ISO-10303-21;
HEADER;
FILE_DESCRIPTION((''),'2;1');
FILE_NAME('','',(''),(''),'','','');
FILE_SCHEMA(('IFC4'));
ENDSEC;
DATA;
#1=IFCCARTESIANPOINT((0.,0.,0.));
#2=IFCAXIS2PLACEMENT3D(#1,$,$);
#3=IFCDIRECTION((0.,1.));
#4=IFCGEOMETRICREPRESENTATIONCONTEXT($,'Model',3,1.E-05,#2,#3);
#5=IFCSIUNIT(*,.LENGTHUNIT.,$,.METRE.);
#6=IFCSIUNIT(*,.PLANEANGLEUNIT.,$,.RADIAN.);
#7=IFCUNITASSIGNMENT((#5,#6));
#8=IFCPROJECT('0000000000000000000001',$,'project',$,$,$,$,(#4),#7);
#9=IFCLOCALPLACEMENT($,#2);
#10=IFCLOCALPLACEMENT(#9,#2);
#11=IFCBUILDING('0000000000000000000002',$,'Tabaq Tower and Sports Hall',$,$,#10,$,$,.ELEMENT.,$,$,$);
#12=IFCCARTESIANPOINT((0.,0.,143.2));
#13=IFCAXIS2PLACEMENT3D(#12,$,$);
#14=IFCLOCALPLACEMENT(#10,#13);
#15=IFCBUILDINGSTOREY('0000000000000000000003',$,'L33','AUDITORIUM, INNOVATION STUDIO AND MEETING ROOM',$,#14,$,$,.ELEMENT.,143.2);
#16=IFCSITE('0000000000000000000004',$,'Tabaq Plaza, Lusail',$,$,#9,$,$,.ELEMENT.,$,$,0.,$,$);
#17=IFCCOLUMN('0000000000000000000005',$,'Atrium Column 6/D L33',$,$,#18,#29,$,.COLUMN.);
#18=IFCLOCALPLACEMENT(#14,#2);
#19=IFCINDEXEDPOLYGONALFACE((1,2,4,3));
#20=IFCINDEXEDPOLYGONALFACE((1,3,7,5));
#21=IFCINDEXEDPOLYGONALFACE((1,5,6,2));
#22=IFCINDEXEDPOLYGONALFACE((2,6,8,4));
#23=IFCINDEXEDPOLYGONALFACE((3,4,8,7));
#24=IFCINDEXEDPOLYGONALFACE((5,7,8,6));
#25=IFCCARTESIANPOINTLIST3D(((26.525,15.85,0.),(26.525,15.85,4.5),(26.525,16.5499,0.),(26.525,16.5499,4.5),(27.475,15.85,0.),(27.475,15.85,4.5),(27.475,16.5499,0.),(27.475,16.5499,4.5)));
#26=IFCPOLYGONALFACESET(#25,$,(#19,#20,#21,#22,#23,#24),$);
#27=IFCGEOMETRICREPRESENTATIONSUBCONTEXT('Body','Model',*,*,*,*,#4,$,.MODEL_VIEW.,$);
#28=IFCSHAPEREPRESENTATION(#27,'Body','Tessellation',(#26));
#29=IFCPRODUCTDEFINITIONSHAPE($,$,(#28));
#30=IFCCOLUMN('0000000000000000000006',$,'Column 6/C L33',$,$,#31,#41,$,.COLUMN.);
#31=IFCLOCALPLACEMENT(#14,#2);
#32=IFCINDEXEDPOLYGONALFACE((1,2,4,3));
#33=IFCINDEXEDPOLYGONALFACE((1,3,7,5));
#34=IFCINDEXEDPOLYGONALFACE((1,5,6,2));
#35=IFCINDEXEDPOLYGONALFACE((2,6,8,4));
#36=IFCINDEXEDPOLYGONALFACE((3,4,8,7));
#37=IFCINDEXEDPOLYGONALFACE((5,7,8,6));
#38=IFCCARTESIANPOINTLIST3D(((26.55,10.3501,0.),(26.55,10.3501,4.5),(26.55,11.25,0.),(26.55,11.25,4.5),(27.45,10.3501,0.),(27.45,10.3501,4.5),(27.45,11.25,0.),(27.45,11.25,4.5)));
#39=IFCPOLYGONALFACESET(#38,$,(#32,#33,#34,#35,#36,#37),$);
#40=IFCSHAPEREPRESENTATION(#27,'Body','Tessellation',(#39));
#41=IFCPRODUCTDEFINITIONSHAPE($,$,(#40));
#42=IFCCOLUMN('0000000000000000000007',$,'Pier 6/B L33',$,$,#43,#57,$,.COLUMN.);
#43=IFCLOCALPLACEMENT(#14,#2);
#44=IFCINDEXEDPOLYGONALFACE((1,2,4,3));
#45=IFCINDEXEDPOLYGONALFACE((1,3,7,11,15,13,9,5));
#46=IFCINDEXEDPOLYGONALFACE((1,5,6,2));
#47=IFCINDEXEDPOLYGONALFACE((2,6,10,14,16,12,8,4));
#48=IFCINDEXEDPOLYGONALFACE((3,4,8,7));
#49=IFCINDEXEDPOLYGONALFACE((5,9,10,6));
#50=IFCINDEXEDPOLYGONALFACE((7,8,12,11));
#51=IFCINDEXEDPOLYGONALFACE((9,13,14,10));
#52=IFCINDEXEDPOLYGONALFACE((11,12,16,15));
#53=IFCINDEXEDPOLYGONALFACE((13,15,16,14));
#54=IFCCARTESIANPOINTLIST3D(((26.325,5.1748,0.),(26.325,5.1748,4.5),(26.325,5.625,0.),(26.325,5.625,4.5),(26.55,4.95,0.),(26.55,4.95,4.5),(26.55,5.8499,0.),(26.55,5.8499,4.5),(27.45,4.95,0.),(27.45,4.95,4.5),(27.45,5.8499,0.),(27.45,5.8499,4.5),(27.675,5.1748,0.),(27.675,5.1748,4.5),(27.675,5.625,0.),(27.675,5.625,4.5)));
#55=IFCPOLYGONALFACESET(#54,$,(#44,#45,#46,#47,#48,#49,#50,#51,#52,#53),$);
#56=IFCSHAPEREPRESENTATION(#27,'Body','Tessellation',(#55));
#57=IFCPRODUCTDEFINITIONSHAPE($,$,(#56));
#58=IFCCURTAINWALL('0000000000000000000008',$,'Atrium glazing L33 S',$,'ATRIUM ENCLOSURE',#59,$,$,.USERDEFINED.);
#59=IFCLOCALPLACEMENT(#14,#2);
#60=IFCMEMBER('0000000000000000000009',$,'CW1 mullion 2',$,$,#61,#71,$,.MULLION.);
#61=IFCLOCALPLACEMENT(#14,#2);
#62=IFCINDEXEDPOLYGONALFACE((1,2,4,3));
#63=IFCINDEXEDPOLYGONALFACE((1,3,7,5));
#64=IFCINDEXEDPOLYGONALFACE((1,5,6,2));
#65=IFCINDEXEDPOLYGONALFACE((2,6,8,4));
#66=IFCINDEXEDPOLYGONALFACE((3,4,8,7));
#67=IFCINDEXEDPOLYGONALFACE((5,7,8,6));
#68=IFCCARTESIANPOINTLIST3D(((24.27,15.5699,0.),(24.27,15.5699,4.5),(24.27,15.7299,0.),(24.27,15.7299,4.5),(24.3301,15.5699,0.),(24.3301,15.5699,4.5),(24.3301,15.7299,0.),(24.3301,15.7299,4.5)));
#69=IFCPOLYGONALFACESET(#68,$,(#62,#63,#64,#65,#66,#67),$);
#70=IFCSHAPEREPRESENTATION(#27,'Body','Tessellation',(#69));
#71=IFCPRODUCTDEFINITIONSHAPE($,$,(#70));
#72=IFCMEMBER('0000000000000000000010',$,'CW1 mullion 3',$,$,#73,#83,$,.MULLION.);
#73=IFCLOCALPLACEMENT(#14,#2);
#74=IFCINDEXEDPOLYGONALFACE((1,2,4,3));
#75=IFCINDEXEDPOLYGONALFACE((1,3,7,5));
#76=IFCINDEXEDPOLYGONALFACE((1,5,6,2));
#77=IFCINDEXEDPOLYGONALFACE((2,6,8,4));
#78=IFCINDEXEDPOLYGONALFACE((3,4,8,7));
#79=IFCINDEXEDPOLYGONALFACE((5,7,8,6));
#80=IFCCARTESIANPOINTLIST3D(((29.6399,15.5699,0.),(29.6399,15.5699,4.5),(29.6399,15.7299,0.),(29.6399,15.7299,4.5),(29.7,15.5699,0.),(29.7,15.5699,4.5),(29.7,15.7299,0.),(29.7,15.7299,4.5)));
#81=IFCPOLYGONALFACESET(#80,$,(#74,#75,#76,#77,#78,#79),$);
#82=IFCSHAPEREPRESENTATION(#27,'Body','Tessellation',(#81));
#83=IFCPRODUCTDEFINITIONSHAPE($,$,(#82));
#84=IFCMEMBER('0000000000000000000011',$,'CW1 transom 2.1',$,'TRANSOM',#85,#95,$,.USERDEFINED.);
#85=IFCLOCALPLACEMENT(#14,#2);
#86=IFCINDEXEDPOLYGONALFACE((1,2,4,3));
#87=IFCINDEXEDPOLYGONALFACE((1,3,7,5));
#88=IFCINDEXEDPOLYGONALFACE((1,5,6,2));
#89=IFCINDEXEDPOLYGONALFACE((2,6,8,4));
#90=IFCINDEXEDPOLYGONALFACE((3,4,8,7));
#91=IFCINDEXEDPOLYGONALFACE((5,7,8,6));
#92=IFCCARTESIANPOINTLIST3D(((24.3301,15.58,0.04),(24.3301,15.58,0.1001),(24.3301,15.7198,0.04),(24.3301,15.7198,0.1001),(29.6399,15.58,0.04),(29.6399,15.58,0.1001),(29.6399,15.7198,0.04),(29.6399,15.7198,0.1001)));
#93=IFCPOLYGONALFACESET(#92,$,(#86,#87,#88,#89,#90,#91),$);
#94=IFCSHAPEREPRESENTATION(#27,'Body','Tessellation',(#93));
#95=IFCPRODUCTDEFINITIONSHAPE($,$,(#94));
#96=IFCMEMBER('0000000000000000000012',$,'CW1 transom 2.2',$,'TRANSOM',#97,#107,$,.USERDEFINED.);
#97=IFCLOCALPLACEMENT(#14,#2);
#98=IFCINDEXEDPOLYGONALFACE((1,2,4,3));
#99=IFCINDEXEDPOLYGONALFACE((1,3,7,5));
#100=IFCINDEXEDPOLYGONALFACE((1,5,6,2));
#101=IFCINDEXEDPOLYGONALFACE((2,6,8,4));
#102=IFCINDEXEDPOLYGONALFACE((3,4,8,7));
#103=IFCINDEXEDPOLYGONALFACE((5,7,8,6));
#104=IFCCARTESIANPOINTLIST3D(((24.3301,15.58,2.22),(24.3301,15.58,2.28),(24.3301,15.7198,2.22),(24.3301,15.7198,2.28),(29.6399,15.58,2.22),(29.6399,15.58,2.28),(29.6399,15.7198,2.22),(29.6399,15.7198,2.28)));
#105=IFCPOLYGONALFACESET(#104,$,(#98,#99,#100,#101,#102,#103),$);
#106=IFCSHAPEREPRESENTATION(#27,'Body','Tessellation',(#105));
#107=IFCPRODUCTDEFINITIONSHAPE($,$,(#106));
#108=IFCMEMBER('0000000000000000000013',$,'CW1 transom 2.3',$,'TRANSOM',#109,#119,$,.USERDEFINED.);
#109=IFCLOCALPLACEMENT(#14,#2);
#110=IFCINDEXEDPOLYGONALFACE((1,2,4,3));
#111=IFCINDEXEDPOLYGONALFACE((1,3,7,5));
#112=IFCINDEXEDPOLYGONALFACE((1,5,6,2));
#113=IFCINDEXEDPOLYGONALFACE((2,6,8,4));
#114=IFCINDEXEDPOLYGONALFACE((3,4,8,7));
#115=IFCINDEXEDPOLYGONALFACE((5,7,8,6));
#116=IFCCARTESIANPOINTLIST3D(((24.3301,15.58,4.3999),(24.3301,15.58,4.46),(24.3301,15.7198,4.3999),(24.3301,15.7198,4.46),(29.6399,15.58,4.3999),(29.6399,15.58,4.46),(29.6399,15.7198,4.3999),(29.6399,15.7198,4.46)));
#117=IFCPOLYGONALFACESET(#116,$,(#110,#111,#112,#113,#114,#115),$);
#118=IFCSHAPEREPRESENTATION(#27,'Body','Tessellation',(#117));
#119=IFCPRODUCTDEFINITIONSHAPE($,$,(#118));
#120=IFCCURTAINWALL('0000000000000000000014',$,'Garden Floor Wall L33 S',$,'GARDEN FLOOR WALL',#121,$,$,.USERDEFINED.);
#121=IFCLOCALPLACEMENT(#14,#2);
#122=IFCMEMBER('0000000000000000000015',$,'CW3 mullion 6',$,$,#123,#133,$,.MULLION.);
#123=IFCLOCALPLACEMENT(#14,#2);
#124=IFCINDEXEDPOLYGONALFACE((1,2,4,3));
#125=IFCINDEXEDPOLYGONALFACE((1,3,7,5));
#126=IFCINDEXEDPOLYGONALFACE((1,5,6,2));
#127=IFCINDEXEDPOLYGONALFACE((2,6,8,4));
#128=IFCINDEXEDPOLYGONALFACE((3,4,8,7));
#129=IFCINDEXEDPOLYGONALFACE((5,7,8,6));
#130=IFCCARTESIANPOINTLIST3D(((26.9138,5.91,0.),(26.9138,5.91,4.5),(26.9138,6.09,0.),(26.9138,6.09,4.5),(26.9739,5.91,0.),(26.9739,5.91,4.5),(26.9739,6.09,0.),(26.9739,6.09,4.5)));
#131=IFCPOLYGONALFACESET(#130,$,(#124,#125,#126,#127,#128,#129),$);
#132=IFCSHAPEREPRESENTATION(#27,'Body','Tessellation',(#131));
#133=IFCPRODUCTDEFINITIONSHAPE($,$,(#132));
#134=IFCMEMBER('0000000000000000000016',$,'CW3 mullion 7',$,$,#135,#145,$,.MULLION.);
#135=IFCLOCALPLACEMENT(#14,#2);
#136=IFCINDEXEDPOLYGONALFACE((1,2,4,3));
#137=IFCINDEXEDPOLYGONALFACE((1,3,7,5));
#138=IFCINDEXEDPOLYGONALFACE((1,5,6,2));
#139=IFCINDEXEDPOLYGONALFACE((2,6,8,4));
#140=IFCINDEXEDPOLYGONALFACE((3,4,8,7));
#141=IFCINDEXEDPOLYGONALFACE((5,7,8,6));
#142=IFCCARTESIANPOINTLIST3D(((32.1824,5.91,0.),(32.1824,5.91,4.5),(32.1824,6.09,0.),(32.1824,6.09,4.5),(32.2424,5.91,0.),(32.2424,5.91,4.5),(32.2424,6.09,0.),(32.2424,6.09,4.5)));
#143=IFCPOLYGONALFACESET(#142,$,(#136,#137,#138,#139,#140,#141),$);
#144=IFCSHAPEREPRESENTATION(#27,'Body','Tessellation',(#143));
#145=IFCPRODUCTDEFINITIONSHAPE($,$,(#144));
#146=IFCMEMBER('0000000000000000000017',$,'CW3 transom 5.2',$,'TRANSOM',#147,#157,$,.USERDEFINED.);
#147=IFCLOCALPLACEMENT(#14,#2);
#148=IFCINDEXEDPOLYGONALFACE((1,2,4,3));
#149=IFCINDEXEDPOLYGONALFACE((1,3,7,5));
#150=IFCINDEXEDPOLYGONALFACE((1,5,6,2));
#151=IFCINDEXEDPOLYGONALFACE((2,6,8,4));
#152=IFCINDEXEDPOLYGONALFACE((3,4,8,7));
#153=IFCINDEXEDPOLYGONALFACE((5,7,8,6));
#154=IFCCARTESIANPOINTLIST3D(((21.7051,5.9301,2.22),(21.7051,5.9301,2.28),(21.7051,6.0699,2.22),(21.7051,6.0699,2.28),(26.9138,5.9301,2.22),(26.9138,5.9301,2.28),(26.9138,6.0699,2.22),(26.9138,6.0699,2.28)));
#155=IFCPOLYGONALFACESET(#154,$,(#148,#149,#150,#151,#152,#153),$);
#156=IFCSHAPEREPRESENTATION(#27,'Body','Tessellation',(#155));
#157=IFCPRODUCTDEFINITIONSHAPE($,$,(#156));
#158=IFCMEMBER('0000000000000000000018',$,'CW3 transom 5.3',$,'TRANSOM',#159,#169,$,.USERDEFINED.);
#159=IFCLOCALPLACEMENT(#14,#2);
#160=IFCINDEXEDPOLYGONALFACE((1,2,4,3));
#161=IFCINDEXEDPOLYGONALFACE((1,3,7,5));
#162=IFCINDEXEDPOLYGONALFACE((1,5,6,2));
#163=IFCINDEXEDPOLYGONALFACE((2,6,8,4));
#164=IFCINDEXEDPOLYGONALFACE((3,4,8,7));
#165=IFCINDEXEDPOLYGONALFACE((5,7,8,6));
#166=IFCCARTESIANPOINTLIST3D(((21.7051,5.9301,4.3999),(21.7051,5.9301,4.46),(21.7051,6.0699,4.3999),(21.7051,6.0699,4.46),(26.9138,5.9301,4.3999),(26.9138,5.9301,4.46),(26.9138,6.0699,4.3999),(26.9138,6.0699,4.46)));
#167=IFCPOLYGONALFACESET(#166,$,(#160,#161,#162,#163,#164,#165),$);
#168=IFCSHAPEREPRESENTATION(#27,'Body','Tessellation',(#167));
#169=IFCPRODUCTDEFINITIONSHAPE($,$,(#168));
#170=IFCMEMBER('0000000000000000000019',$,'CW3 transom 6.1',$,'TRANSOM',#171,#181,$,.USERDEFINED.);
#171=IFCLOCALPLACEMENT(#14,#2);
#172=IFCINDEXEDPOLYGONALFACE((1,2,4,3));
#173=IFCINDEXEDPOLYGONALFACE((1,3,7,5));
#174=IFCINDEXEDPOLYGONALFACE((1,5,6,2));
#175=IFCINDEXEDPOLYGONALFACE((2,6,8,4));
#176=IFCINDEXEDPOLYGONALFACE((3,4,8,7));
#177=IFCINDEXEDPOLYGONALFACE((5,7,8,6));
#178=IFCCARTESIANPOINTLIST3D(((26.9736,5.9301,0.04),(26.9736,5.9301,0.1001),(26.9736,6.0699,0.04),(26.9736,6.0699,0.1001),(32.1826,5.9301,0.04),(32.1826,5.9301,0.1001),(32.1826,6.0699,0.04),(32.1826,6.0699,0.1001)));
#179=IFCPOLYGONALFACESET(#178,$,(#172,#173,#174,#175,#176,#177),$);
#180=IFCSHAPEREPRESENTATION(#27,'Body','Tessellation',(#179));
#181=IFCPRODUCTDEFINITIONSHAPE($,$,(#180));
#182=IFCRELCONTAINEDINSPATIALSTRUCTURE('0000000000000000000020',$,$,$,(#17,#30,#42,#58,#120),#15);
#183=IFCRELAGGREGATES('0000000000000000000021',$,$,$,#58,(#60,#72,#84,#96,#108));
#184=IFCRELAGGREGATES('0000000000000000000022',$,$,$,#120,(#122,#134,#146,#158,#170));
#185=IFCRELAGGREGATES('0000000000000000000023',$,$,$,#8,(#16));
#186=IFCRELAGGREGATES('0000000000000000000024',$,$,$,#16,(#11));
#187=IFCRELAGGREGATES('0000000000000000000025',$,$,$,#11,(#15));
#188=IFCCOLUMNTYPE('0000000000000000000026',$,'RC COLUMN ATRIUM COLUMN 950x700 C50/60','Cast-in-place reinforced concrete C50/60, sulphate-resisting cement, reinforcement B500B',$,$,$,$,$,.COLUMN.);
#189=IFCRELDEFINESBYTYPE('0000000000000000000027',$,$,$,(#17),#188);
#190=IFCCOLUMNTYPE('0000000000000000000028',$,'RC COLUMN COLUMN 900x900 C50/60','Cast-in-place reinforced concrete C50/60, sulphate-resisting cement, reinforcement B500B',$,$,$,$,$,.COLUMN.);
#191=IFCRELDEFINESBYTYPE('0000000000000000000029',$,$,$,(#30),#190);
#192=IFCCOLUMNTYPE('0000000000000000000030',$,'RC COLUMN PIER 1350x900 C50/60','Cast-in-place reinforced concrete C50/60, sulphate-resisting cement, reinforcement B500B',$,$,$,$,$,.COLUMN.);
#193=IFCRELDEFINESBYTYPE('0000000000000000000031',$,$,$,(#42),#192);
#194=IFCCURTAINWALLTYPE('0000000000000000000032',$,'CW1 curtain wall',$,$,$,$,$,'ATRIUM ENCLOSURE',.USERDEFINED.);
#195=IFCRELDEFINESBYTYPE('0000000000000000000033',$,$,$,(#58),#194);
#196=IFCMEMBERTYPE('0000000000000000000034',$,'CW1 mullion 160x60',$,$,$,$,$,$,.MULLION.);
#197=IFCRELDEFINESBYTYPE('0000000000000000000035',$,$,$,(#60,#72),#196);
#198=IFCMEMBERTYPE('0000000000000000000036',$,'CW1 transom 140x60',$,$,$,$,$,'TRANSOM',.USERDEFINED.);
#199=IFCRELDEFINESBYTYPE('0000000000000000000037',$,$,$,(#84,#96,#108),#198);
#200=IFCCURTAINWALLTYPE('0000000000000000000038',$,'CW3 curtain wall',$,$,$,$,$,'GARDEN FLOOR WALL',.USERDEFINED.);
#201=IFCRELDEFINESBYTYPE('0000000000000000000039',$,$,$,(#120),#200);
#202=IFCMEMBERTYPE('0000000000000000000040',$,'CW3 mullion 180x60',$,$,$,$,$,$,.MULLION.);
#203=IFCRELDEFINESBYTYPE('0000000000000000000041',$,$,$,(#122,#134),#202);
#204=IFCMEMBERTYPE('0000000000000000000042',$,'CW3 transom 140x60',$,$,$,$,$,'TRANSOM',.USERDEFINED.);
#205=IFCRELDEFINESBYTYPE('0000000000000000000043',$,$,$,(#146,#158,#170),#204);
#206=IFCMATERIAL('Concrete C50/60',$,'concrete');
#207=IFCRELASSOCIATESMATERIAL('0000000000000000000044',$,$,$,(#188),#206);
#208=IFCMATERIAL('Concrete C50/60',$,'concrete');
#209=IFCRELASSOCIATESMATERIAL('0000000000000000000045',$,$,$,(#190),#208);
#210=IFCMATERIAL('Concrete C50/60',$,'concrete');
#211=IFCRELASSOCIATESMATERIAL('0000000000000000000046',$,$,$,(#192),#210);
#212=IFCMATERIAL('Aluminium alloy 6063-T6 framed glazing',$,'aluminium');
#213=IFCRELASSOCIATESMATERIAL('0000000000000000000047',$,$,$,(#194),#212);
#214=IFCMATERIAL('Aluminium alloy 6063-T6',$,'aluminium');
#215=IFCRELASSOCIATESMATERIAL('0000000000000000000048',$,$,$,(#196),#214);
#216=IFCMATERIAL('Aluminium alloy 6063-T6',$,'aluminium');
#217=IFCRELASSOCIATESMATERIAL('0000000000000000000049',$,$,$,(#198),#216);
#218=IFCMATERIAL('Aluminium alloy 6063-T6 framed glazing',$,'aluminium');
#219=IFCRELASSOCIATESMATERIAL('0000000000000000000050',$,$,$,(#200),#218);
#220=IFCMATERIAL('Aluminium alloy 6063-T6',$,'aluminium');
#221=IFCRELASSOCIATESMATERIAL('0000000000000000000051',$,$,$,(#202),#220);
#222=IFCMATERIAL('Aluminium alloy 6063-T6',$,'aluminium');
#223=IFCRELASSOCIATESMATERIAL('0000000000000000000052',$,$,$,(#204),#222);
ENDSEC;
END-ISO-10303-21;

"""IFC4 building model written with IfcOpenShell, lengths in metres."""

from ifc_helpers import new_model, si_unit, direction, frame, origin, origin_2d, place, context, subcontext, project, spatial, polyline, rectangle, outline, extrude, material, material_profile, profile_set, type_object, element, aggregate, save


model = new_model("IFC4")

# Units and contexts
model_context = context("Model", 3, precision=1e-05, world=origin(), true_north=direction((0.0, 1.0)))
body_context = subcontext(model_context, "Body", "Model", "MODEL_VIEW")
ifc_project = project(units=[si_unit("LENGTHUNIT", "METRE"), si_unit("PLANEANGLEUNIT", "RADIAN")], contexts=[model_context])

# Site, building, storey
site_placement = place(None, origin())
site = spatial("IfcSite", under=ifc_project, at=site_placement, Name="Tabaq Plaza, Lusail", CompositionType="ELEMENT", RefElevation=0.0)
building_placement = place(site_placement, origin())
building = spatial("IfcBuilding", under=site, at=building_placement, Name="Tabaq Tower and Sports Hall", CompositionType="ELEMENT")
storey_placement = place(building_placement, frame((0.0, 0.0, 143.2)))
storey = spatial("IfcBuildingStorey", under=building, at=storey_placement, Name="L33", Description="AUDITORIUM, INNOVATION STUDIO AND MEETING ROOM", CompositionType="ELEMENT", Elevation=143.2)

# Columns
ifc_material_1 = material(Name="Concrete C50/60", Category="concrete")
ifc_material_profile_1 = material_profile(ifc_material_1, rectangle(XDim=0.95, YDim=0.7, at=origin_2d()), Name="ATRIUM COLUMN 950x700")
ifc_profile_set_1 = profile_set([ifc_material_profile_1], Name="Concrete C50/60")
column_type_1 = type_object("IfcColumnType", Name="RC COLUMN ATRIUM COLUMN 950x700 C50/60", Description="Cast-in-place reinforced concrete C50/60, sulphate-resisting cement, reinforcement B500B", PredefinedType="COLUMN", material=ifc_profile_set_1)
column_1_placement = place(storey_placement, frame((27.0, 16.2, 0.0), z_axis=(0.0, 0.0, 1.0), x_axis=(1.0, 0.0, 0.0)))
element("IfcColumn", 1, at=column_1_placement, inside=storey, type_object=column_type_1, Name="Atrium Column 6/D L33", PredefinedType="COLUMN", context=body_context, shape_type="SweptSolid", body=[
    extrude(rectangle(XDim=0.95, YDim=0.7, at=origin_2d()), origin(), (0.0, 0.0, 1.0), 4.5),
])
ifc_material_2 = material(Name="Concrete C50/60", Category="concrete")
ifc_material_profile_2 = material_profile(ifc_material_2, rectangle(XDim=0.8999, YDim=0.8999, at=origin_2d()), Name="COLUMN 900x900")
ifc_profile_set_2 = profile_set([ifc_material_profile_2], Name="Concrete C50/60")
column_type_2 = type_object("IfcColumnType", Name="RC COLUMN COLUMN 900x900 C50/60", Description="Cast-in-place reinforced concrete C50/60, sulphate-resisting cement, reinforcement B500B", PredefinedType="COLUMN", material=ifc_profile_set_2)
column_2_placement = place(storey_placement, frame((27.0, 10.8, 0.0), z_axis=(0.0, 0.0, 1.0), x_axis=(1.0, 0.0, 0.0)))
element("IfcColumn", 2, at=column_2_placement, inside=storey, type_object=column_type_2, Name="Column 6/C L33", PredefinedType="COLUMN", context=body_context, shape_type="SweptSolid", body=[
    extrude(rectangle(XDim=0.8999, YDim=0.8999, at=origin_2d()), origin(), (0.0, 0.0, 1.0), 4.5),
])
ifc_material_3 = material(Name="Concrete C50/60", Category="concrete")
ifc_material_profile_3 = material_profile(ifc_material_3, outline(polyline([(-0.45, -0.45), (0.45, -0.45), (0.675, -0.2251), (0.675, 0.2251), (0.45, 0.45), (-0.45, 0.45), (-0.675, 0.2251), (-0.675, -0.2251), (-0.45, -0.45)])), Name="PIER 1350x900")
ifc_profile_set_3 = profile_set([ifc_material_profile_3], Name="Concrete C50/60")
column_type_3 = type_object("IfcColumnType", Name="RC COLUMN PIER 1350x900 C50/60", Description="Cast-in-place reinforced concrete C50/60, sulphate-resisting cement, reinforcement B500B", PredefinedType="COLUMN", material=ifc_profile_set_3)
column_3_placement = place(storey_placement, frame((27.0, 5.3999, 0.0), z_axis=(0.0, 0.0, 1.0), x_axis=(1.0, 0.0, 0.0)))
element("IfcColumn", 3, at=column_3_placement, inside=storey, type_object=column_type_3, Name="Pier 6/B L33", PredefinedType="COLUMN", context=body_context, shape_type="SweptSolid", body=[
    extrude(outline(polyline([(-0.45, -0.45), (0.45, -0.45), (0.675, -0.2251), (0.675, 0.2251), (0.45, 0.45), (-0.45, 0.45), (-0.675, 0.2251), (-0.675, -0.2251), (-0.45, -0.45)])), origin(), (0.0, 0.0, 1.0), 4.5),
])

# Curtain walls, members
ifc_material_4 = material(Name="Aluminium alloy 6063-T6 framed glazing", Category="aluminium")
curtain_wall_type_1 = type_object("IfcCurtainWallType", Name="CW1 curtain wall", ElementType="ATRIUM ENCLOSURE", PredefinedType="USERDEFINED", material=ifc_material_4)
curtain_wall_1_placement = place(storey_placement, origin())
curtain_wall_1 = element("IfcCurtainWall", 4, at=curtain_wall_1_placement, inside=storey, type_object=curtain_wall_type_1, Name="Atrium glazing L33 S", ObjectType="ATRIUM ENCLOSURE", PredefinedType="USERDEFINED")
ifc_material_5 = material(Name="Aluminium alloy 6063-T6", Category="aluminium")
ifc_material_profile_4 = material_profile(ifc_material_5, rectangle(XDim=0.1599, YDim=0.0601, at=origin_2d()), Name="MULLION 160x60")
ifc_profile_set_4 = profile_set([ifc_material_profile_4], Name="Aluminium alloy 6063-T6")
member_type_1 = type_object("IfcMemberType", Name="CW1 mullion 160x60", PredefinedType="MULLION", material=ifc_profile_set_4)
member_1_placement = place(storey_placement, frame((24.3, 15.6499, 0.0), z_axis=(0.0, 0.0, 1.0), x_axis=(0.0, 1.0, 0.0)))
member_1 = element("IfcMember", 5, at=member_1_placement, type_object=member_type_1, Name="CW1 mullion 2", PredefinedType="MULLION", context=body_context, shape_type="SweptSolid", body=[
    extrude(rectangle(XDim=0.1599, YDim=0.0601, at=origin_2d()), origin(), (0.0, 0.0, 1.0), 4.5),
])
member_2_placement = place(storey_placement, frame((29.6699, 15.6499, 0.0), z_axis=(0.0, 0.0, 1.0), x_axis=(0.0, 1.0, 0.0)))
member_2 = element("IfcMember", 6, at=member_2_placement, type_object=member_type_1, Name="CW1 mullion 3", PredefinedType="MULLION", context=body_context, shape_type="SweptSolid", body=[
    extrude(rectangle(XDim=0.1599, YDim=0.0601, at=origin_2d()), origin(), (0.0, 0.0, 1.0), 4.5),
])
ifc_material_6 = material(Name="Aluminium alloy 6063-T6", Category="aluminium")
ifc_material_profile_5 = material_profile(ifc_material_6, rectangle(XDim=0.1399, YDim=0.0601, at=origin_2d()), Name="TRANSOM 140x60")
ifc_profile_set_5 = profile_set([ifc_material_profile_5], Name="Aluminium alloy 6063-T6")
member_type_2 = type_object("IfcMemberType", Name="CW1 transom 140x60", ElementType="TRANSOM", PredefinedType="USERDEFINED", material=ifc_profile_set_5)
member_3_placement = place(storey_placement, frame((24.3301, 15.6499, 0.0701), z_axis=(1.0, 0.0, 0.0), x_axis=(0.0, 1.0, 0.0)))
member_3 = element("IfcMember", 7, at=member_3_placement, type_object=member_type_2, Name="CW1 transom 2.1", ObjectType="TRANSOM", PredefinedType="USERDEFINED", context=body_context, shape_type="SweptSolid", body=[
    extrude(rectangle(XDim=0.1399, YDim=0.0601, at=origin_2d()), origin(), (0.0, 0.0, 1.0), 5.3098),
])
member_4_placement = place(storey_placement, frame((24.3301, 15.6499, 2.25), z_axis=(1.0, 0.0, 0.0), x_axis=(0.0, 1.0, 0.0)))
member_4 = element("IfcMember", 8, at=member_4_placement, type_object=member_type_2, Name="CW1 transom 2.2", ObjectType="TRANSOM", PredefinedType="USERDEFINED", context=body_context, shape_type="SweptSolid", body=[
    extrude(rectangle(XDim=0.1399, YDim=0.0601, at=origin_2d()), origin(), (0.0, 0.0, 1.0), 5.3098),
])
member_5_placement = place(storey_placement, frame((24.3301, 15.6499, 4.4299), z_axis=(1.0, 0.0, 0.0), x_axis=(0.0, 1.0, 0.0)))
member_5 = element("IfcMember", 9, at=member_5_placement, type_object=member_type_2, Name="CW1 transom 2.3", ObjectType="TRANSOM", PredefinedType="USERDEFINED", context=body_context, shape_type="SweptSolid", body=[
    extrude(rectangle(XDim=0.1399, YDim=0.0601, at=origin_2d()), origin(), (0.0, 0.0, 1.0), 5.3098),
])
ifc_material_7 = material(Name="Aluminium alloy 6063-T6 framed glazing", Category="aluminium")
curtain_wall_type_2 = type_object("IfcCurtainWallType", Name="CW3 curtain wall", ElementType="GARDEN FLOOR WALL", PredefinedType="USERDEFINED", material=ifc_material_7)
curtain_wall_2_placement = place(storey_placement, origin())
curtain_wall_2 = element("IfcCurtainWall", 10, at=curtain_wall_2_placement, inside=storey, type_object=curtain_wall_type_2, Name="Garden Floor Wall L33 S", ObjectType="GARDEN FLOOR WALL", PredefinedType="USERDEFINED")
ifc_material_8 = material(Name="Aluminium alloy 6063-T6", Category="aluminium")
ifc_material_profile_6 = material_profile(ifc_material_8, rectangle(XDim=0.1799, YDim=0.0601, at=origin_2d()), Name="MULLION 180x60")
ifc_profile_set_6 = profile_set([ifc_material_profile_6], Name="Aluminium alloy 6063-T6")
member_type_3 = type_object("IfcMemberType", Name="CW3 mullion 180x60", PredefinedType="MULLION", material=ifc_profile_set_6)
member_6_placement = place(storey_placement, frame((26.9438, 6.0, 0.0), z_axis=(0.0, 0.0, 1.0), x_axis=(0.0, 1.0, 0.0)))
member_6 = element("IfcMember", 11, at=member_6_placement, type_object=member_type_3, Name="CW3 mullion 6", PredefinedType="MULLION", context=body_context, shape_type="SweptSolid", body=[
    extrude(rectangle(XDim=0.1799, YDim=0.0601, at=origin_2d()), origin(), (0.0, 0.0, 1.0), 4.5),
])
member_7_placement = place(storey_placement, frame((32.2124, 6.0, 0.0), z_axis=(0.0, 0.0, 1.0), x_axis=(0.0, 1.0, 0.0)))
member_7 = element("IfcMember", 12, at=member_7_placement, type_object=member_type_3, Name="CW3 mullion 7", PredefinedType="MULLION", context=body_context, shape_type="SweptSolid", body=[
    extrude(rectangle(XDim=0.1799, YDim=0.0601, at=origin_2d()), origin(), (0.0, 0.0, 1.0), 4.5),
])
ifc_material_9 = material(Name="Aluminium alloy 6063-T6", Category="aluminium")
ifc_material_profile_7 = material_profile(ifc_material_9, rectangle(XDim=0.1399, YDim=0.0601, at=origin_2d()), Name="TRANSOM 140x60")
ifc_profile_set_7 = profile_set([ifc_material_profile_7], Name="Aluminium alloy 6063-T6")
member_type_4 = type_object("IfcMemberType", Name="CW3 transom 140x60", ElementType="TRANSOM", PredefinedType="USERDEFINED", material=ifc_profile_set_7)
member_8_placement = place(storey_placement, frame((21.7051, 6.0, 2.25), z_axis=(1.0, 0.0, 0.0), x_axis=(0.0, 1.0, 0.0)))
member_8 = element("IfcMember", 13, at=member_8_placement, type_object=member_type_4, Name="CW3 transom 5.2", ObjectType="TRANSOM", PredefinedType="USERDEFINED", context=body_context, shape_type="SweptSolid", body=[
    extrude(rectangle(XDim=0.1399, YDim=0.0601, at=origin_2d()), origin(), (0.0, 0.0, 1.0), 5.2087),
])
member_9_placement = place(storey_placement, frame((21.7051, 6.0, 4.4299), z_axis=(1.0, 0.0, 0.0), x_axis=(0.0, 1.0, 0.0)))
member_9 = element("IfcMember", 14, at=member_9_placement, type_object=member_type_4, Name="CW3 transom 5.3", ObjectType="TRANSOM", PredefinedType="USERDEFINED", context=body_context, shape_type="SweptSolid", body=[
    extrude(rectangle(XDim=0.1399, YDim=0.0601, at=origin_2d()), origin(), (0.0, 0.0, 1.0), 5.2087),
])
member_10_placement = place(storey_placement, frame((26.9736, 6.0, 0.0701), z_axis=(1.0, 0.0, 0.0), x_axis=(0.0, 1.0, 0.0)))
member_10 = element("IfcMember", 15, at=member_10_placement, type_object=member_type_4, Name="CW3 transom 6.1", ObjectType="TRANSOM", PredefinedType="USERDEFINED", context=body_context, shape_type="SweptSolid", body=[
    extrude(rectangle(XDim=0.1399, YDim=0.0601, at=origin_2d()), origin(), (0.0, 0.0, 1.0), 5.209),
])

aggregate(curtain_wall_1, [member_1, member_2, member_3, member_4, member_5])
aggregate(curtain_wall_2, [member_6, member_7, member_8, member_9, member_10])

save(model, "model.ifc")
